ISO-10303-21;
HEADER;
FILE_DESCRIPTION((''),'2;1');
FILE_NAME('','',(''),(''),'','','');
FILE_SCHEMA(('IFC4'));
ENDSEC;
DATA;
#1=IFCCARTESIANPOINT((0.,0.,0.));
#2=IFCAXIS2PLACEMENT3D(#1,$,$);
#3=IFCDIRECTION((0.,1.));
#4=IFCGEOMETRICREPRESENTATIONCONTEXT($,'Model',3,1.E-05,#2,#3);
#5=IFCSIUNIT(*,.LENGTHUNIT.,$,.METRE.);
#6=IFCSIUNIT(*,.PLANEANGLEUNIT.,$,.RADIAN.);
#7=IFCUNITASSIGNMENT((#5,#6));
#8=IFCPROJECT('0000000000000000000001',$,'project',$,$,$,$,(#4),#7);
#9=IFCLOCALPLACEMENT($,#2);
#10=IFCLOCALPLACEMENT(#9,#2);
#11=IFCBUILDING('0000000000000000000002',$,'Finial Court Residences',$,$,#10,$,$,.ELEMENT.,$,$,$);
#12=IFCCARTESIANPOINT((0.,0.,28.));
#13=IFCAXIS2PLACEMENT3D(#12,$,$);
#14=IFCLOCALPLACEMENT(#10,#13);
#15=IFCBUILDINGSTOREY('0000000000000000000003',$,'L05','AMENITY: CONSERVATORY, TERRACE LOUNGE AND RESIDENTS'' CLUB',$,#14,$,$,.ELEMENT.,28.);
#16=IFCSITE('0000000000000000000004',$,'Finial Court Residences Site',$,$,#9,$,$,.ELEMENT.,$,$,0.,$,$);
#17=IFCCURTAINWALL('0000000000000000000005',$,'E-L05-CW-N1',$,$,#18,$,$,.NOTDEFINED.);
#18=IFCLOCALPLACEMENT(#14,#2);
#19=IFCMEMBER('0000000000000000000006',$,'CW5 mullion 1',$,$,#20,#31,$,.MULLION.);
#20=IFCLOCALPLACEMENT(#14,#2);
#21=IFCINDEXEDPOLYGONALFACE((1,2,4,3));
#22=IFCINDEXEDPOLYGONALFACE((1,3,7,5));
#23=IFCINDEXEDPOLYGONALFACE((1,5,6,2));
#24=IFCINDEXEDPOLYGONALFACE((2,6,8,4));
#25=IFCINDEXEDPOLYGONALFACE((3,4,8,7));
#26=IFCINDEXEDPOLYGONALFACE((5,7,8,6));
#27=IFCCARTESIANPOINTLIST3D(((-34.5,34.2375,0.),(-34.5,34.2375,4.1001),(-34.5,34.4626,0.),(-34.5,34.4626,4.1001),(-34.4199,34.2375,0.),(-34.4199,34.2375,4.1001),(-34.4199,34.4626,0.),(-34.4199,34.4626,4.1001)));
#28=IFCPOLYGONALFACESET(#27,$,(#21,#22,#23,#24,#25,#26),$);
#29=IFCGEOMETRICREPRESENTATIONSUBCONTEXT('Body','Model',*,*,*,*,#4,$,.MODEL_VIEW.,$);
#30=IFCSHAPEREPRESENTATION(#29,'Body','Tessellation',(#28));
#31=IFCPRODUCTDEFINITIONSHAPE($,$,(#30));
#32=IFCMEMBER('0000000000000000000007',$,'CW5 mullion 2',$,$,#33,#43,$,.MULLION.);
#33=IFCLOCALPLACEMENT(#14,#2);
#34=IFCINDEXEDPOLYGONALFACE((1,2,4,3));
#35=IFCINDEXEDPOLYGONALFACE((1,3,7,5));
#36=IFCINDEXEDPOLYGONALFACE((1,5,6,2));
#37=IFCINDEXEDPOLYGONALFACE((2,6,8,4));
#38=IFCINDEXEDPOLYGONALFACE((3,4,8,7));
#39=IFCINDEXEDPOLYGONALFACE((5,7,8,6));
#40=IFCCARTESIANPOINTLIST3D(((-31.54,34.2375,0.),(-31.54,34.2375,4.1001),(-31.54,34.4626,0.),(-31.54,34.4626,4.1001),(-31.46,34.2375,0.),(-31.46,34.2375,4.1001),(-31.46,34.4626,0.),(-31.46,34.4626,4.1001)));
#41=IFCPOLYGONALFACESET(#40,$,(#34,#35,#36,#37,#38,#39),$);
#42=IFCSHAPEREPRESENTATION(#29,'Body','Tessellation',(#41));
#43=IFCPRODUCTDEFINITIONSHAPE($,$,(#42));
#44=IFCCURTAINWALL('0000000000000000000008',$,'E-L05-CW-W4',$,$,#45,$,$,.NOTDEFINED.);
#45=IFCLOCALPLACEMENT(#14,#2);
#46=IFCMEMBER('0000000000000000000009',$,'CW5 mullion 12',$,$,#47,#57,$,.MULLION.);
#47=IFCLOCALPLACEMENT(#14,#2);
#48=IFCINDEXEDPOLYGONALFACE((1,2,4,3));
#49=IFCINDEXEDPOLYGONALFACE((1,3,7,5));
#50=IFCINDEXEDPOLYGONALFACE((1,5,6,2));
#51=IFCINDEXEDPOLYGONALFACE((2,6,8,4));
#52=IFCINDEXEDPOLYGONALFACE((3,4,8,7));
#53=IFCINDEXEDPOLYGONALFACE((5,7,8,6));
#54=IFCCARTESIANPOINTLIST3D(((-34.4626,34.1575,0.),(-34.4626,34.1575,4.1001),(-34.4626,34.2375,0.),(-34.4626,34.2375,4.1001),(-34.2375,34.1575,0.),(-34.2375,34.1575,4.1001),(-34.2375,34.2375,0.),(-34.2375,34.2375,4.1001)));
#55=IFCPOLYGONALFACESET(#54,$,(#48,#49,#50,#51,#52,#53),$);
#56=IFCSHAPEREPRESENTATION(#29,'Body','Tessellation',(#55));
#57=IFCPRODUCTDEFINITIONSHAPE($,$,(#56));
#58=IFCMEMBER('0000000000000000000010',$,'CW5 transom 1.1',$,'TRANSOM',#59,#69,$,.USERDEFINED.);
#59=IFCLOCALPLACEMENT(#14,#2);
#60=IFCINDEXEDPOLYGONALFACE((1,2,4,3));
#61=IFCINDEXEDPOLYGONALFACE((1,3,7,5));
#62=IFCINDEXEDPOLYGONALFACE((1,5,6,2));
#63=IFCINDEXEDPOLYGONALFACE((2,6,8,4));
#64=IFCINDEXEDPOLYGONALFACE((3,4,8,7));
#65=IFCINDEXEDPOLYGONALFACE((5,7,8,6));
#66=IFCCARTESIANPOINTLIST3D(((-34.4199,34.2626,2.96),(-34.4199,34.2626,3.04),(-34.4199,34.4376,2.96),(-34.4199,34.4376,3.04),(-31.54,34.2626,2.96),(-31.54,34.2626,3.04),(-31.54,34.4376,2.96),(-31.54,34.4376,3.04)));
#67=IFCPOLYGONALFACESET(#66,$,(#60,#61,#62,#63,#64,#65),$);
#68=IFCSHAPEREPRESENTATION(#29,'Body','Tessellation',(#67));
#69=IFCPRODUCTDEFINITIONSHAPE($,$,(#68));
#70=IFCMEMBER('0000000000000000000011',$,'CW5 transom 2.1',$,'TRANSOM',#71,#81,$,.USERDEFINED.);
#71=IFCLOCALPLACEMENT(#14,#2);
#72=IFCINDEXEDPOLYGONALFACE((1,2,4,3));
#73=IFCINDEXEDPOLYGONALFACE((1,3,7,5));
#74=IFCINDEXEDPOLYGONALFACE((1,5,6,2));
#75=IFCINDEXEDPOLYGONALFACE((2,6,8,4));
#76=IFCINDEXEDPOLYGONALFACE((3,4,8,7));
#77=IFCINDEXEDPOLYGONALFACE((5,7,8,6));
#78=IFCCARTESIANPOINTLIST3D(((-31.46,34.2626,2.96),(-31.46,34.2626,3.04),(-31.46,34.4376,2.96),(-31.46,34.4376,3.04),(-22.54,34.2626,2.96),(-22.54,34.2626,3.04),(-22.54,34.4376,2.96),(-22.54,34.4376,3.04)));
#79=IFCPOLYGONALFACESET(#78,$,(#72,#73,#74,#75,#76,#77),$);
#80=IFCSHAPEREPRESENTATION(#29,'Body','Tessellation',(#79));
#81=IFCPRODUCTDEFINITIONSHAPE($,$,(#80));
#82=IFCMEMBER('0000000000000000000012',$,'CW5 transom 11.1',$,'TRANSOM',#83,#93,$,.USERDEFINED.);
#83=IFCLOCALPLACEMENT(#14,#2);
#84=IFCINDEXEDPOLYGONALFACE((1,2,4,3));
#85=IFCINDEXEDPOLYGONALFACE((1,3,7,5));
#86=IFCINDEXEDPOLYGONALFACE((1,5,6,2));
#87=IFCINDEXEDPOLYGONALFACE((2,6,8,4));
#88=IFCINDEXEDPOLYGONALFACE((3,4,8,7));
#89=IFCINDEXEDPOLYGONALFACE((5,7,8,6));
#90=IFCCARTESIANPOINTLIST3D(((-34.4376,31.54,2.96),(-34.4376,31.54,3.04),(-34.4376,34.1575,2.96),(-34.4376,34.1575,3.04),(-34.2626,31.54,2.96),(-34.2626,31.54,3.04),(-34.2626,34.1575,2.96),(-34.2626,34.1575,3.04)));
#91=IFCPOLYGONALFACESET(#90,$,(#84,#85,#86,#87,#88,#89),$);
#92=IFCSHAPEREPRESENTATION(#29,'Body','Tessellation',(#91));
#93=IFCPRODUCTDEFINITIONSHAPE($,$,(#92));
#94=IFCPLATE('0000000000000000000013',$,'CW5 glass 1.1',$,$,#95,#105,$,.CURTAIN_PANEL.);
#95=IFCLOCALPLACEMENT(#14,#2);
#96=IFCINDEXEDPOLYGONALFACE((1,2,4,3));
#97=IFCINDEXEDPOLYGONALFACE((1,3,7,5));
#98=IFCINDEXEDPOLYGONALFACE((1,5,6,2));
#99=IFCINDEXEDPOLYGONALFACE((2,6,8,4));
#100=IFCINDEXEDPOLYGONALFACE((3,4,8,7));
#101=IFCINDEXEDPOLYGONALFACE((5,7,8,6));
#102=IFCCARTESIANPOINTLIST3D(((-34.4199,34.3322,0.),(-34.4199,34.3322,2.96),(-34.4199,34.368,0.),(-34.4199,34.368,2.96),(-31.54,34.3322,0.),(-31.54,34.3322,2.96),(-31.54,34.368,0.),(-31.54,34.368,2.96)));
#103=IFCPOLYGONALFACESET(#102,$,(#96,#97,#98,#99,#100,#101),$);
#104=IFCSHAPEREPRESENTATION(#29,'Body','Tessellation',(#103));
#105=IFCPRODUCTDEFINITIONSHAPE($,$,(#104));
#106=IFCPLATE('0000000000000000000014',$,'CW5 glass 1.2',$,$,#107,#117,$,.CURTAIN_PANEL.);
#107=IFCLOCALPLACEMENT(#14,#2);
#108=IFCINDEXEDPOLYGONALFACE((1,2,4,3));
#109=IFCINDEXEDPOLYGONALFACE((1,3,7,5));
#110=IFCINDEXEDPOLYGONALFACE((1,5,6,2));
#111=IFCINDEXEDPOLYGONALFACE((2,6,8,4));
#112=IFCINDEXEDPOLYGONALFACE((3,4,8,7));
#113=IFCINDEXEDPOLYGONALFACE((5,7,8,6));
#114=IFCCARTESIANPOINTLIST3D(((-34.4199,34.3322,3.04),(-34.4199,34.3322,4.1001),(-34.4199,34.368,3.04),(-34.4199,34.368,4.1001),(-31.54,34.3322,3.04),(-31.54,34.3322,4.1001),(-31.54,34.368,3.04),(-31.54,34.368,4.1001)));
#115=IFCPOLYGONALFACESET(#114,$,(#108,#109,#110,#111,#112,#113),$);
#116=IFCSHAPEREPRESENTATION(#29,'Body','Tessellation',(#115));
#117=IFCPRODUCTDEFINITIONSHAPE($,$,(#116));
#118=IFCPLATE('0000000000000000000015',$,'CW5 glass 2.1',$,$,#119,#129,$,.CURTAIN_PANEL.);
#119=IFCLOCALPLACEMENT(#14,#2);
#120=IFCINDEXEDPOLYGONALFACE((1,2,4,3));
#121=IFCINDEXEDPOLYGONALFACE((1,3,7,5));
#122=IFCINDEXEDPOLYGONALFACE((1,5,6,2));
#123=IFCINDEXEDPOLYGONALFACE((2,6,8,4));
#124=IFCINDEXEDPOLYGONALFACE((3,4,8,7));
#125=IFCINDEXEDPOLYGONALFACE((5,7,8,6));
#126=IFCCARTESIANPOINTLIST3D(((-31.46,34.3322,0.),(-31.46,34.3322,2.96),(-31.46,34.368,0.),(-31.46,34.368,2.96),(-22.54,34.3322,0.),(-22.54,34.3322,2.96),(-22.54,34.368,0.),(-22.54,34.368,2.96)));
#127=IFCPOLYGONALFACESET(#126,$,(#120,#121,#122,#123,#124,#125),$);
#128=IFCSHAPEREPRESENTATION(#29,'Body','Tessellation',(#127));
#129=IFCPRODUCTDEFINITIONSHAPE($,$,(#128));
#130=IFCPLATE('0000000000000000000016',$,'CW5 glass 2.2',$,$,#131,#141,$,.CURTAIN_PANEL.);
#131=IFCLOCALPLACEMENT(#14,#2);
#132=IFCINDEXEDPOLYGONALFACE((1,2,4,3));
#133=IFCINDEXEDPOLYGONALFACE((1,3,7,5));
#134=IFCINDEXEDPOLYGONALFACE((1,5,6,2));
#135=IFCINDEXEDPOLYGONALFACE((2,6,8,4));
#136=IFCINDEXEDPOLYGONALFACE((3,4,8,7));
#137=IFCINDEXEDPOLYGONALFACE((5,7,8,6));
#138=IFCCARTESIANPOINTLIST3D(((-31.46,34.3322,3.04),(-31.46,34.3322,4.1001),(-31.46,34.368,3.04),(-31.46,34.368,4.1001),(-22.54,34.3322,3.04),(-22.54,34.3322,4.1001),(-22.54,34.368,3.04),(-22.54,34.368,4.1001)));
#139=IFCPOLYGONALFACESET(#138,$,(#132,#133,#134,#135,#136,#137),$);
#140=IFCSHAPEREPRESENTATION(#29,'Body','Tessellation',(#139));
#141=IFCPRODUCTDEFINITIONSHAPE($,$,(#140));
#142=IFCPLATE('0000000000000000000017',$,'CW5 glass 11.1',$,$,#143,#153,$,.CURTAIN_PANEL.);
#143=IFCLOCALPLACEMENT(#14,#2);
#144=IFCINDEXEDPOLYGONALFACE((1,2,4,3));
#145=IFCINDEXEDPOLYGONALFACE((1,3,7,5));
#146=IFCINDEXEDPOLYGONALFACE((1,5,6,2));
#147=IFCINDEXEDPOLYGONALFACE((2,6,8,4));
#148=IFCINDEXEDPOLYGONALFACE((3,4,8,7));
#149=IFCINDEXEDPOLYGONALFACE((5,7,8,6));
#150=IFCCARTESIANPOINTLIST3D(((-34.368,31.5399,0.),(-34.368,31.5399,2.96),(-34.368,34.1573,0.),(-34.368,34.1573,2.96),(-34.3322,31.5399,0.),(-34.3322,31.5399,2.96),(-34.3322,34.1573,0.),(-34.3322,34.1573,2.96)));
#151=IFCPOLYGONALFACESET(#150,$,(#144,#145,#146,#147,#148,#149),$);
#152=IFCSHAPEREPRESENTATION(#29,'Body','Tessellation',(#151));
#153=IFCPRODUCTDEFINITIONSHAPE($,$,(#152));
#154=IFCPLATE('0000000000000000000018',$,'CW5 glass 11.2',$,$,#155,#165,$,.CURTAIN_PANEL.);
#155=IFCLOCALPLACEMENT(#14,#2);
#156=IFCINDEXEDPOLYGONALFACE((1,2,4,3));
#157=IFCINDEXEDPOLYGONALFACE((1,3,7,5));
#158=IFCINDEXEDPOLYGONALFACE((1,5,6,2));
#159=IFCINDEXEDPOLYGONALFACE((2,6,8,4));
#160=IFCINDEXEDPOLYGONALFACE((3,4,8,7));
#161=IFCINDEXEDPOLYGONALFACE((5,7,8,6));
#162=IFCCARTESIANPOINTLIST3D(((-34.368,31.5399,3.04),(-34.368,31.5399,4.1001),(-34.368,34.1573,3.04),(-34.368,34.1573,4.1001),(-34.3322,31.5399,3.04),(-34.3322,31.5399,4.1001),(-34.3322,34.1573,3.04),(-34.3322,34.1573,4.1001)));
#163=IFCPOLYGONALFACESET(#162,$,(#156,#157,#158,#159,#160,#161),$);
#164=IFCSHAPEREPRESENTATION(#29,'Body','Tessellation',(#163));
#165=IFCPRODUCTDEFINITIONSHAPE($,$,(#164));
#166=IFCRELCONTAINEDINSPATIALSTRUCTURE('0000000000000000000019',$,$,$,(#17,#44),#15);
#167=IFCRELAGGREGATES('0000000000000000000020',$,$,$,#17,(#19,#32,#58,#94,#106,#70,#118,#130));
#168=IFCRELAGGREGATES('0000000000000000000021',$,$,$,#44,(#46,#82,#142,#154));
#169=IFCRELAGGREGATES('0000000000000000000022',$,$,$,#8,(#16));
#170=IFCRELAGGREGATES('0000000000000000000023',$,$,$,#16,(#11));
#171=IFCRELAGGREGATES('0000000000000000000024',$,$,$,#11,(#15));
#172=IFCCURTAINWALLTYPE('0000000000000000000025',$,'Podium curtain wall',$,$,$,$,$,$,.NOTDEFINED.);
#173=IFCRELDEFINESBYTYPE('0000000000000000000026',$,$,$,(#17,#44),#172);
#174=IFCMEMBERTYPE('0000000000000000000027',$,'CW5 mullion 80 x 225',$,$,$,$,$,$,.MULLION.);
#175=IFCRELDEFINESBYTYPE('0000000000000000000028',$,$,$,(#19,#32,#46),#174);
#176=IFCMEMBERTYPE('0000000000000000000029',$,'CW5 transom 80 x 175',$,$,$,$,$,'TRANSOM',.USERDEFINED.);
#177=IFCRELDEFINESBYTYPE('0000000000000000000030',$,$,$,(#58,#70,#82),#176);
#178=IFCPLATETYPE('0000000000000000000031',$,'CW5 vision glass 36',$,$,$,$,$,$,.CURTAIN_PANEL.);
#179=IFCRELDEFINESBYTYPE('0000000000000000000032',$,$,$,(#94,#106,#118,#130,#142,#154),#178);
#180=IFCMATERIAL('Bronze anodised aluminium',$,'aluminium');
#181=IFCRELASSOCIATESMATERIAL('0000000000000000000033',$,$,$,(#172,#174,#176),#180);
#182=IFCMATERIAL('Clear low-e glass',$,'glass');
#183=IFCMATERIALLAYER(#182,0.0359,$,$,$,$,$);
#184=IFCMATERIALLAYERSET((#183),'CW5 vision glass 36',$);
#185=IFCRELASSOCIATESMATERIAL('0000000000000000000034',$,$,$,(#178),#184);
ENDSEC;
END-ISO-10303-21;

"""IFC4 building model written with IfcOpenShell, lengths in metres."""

from ifc_helpers import new_model, si_unit, direction, frame, origin, origin_2d, place, context, subcontext, project, spatial, rectangle, extrude, material, layer, layer_set, material_profile, profile_set, type_object, element, aggregate, save


model = new_model("IFC4")

# Units and contexts
model_context = context("Model", 3, precision=1e-05, world=origin(), true_north=direction((0.0, 1.0)))
body_context = subcontext(model_context, "Body", "Model", "MODEL_VIEW")
ifc_project = project(units=[si_unit("LENGTHUNIT", "METRE"), si_unit("PLANEANGLEUNIT", "RADIAN")], contexts=[model_context])

# Site, building, storey
site_placement = place(None, origin())
site = spatial("IfcSite", under=ifc_project, at=site_placement, Name="Finial Court Residences Site", CompositionType="ELEMENT", RefElevation=0.0)
building_placement = place(site_placement, origin())
building = spatial("IfcBuilding", under=site, at=building_placement, Name="Finial Court Residences", CompositionType="ELEMENT")
storey_placement = place(building_placement, frame((0.0, 0.0, 28.0)))
storey = spatial("IfcBuildingStorey", under=building, at=storey_placement, Name="L05", Description="AMENITY: CONSERVATORY, TERRACE LOUNGE AND RESIDENTS' CLUB", CompositionType="ELEMENT", Elevation=28.0)

# Curtain wall, members
ifc_material_1 = material(Name="Bronze anodised aluminium", Category="aluminium")
curtain_wall_type = type_object("IfcCurtainWallType", Name="Podium curtain wall", PredefinedType="NOTDEFINED", material=ifc_material_1)
curtain_wall_1_placement = place(storey_placement, origin())
curtain_wall_1 = element("IfcCurtainWall", 1, at=curtain_wall_1_placement, inside=storey, type_object=curtain_wall_type, Name="E-L05-CW-N1", PredefinedType="NOTDEFINED")
ifc_material_profile_1 = material_profile(ifc_material_1, rectangle(XDim=0.2251, YDim=0.0801, at=origin_2d()), Name="CW5 mullion 80 x 225")
ifc_profile_set_1 = profile_set([ifc_material_profile_1], Name="Bronze anodised aluminium")
member_type_1 = type_object("IfcMemberType", Name="CW5 mullion 80 x 225", PredefinedType="MULLION", material=ifc_profile_set_1)
member_1_placement = place(storey_placement, frame((-34.46, 34.3501, 0.0), z_axis=(0.0, 0.0, 1.0), x_axis=(0.0, 1.0, 0.0)))
member_1 = element("IfcMember", 2, at=member_1_placement, type_object=member_type_1, Name="CW5 mullion 1", PredefinedType="MULLION", context=body_context, shape_type="SweptSolid", body=[
    extrude(rectangle(XDim=0.2251, YDim=0.0801, at=origin_2d()), origin(), (0.0, 0.0, 1.0), 4.1001),
])
member_2_placement = place(storey_placement, frame((-31.5, 34.3501, 0.0), z_axis=(0.0, 0.0, 1.0), x_axis=(0.0, 1.0, 0.0)))
member_2 = element("IfcMember", 3, at=member_2_placement, type_object=member_type_1, Name="CW5 mullion 2", PredefinedType="MULLION", context=body_context, shape_type="SweptSolid", body=[
    extrude(rectangle(XDim=0.2251, YDim=0.0801, at=origin_2d()), origin(), (0.0, 0.0, 1.0), 4.1001),
])

# Curtain wall, member
curtain_wall_2_placement = place(storey_placement, origin())
curtain_wall_2 = element("IfcCurtainWall", 4, at=curtain_wall_2_placement, inside=storey, type_object=curtain_wall_type, Name="E-L05-CW-W4", PredefinedType="NOTDEFINED")
member_3_placement = place(storey_placement, frame((-34.3501, 34.1975, 0.0), z_axis=(0.0, 0.0, 1.0), x_axis=(-1.0, 0.0, 0.0)))
member_3 = element("IfcMember", 5, at=member_3_placement, type_object=member_type_1, Name="CW5 mullion 12", PredefinedType="MULLION", context=body_context, shape_type="SweptSolid", body=[
    extrude(rectangle(XDim=0.2251, YDim=0.0801, at=origin_2d()), origin(), (0.0, 0.0, 1.0), 4.1001),
])

# Members
ifc_material_profile_2 = material_profile(ifc_material_1, rectangle(XDim=0.175, YDim=0.0801, at=origin_2d()), Name="CW5 transom 80 x 175")
ifc_profile_set_2 = profile_set([ifc_material_profile_2], Name="Bronze anodised aluminium")
member_type_2 = type_object("IfcMemberType", Name="CW5 transom 80 x 175", ElementType="TRANSOM", PredefinedType="USERDEFINED", material=ifc_profile_set_2)
member_4_placement = place(storey_placement, frame((-34.4199, 34.3501, 3.0), z_axis=(1.0, 0.0, 0.0), x_axis=(0.0, 1.0, 0.0)))
member_4 = element("IfcMember", 6, at=member_4_placement, type_object=member_type_2, Name="CW5 transom 1.1", ObjectType="TRANSOM", PredefinedType="USERDEFINED", context=body_context, shape_type="SweptSolid", body=[
    extrude(rectangle(XDim=0.175, YDim=0.0801, at=origin_2d()), origin(), (0.0, 0.0, 1.0), 2.8799),
])
member_5_placement = place(storey_placement, frame((-31.46, 34.3501, 3.0), z_axis=(1.0, 0.0, 0.0), x_axis=(0.0, 1.0, 0.0)))
member_5 = element("IfcMember", 7, at=member_5_placement, type_object=member_type_2, Name="CW5 transom 2.1", ObjectType="TRANSOM", PredefinedType="USERDEFINED", context=body_context, shape_type="SweptSolid", body=[
    extrude(rectangle(XDim=0.175, YDim=0.0801, at=origin_2d()), origin(), (0.0, 0.0, 1.0), 8.9199),
])
member_6_placement = place(storey_placement, frame((-34.3501, 31.54, 3.0), z_axis=(0.0, 1.0, 0.0), x_axis=(-1.0, 0.0, 0.0)))
member_6 = element("IfcMember", 8, at=member_6_placement, type_object=member_type_2, Name="CW5 transom 11.1", ObjectType="TRANSOM", PredefinedType="USERDEFINED", context=body_context, shape_type="SweptSolid", body=[
    extrude(rectangle(XDim=0.175, YDim=0.0801, at=origin_2d()), origin(), (0.0, 0.0, 1.0), 2.6174),
])

# Plates
ifc_material_2 = material(Name="Clear low-e glass", Category="glass")
ifc_layer_1 = layer(ifc_material_2, 0.0359)
ifc_layer_set_1 = layer_set([ifc_layer_1], Name="CW5 vision glass 36")
plate_type = type_object("IfcPlateType", Name="CW5 vision glass 36", PredefinedType="CURTAIN_PANEL", material=ifc_layer_set_1)
plate_1_placement = place(storey_placement, frame((-32.98, 34.3501, 0.0), z_axis=(0.0, 0.0, 1.0), x_axis=(1.0, 0.0, 0.0)))
plate_1 = element("IfcPlate", 9, at=plate_1_placement, type_object=plate_type, Name="CW5 glass 1.1", PredefinedType="CURTAIN_PANEL", context=body_context, shape_type="SweptSolid", body=[
    extrude(rectangle(XDim=2.8799, YDim=0.0359, at=origin_2d()), origin(), (0.0, 0.0, 1.0), 2.96),
])
plate_2_placement = place(storey_placement, frame((-32.98, 34.3501, 3.04), z_axis=(0.0, 0.0, 1.0), x_axis=(1.0, 0.0, 0.0)))
plate_2 = element("IfcPlate", 10, at=plate_2_placement, type_object=plate_type, Name="CW5 glass 1.2", PredefinedType="CURTAIN_PANEL", context=body_context, shape_type="SweptSolid", body=[
    extrude(rectangle(XDim=2.8799, YDim=0.0359, at=origin_2d()), origin(), (0.0, 0.0, 1.0), 1.0601),
])
plate_3_placement = place(storey_placement, frame((-27.0, 34.3501, 0.0), z_axis=(0.0, 0.0, 1.0), x_axis=(1.0, 0.0, 0.0)))
plate_3 = element("IfcPlate", 11, at=plate_3_placement, type_object=plate_type, Name="CW5 glass 2.1", PredefinedType="CURTAIN_PANEL", context=body_context, shape_type="SweptSolid", body=[
    extrude(rectangle(XDim=8.9199, YDim=0.0359, at=origin_2d()), origin(), (0.0, 0.0, 1.0), 2.96),
])
plate_4_placement = place(storey_placement, frame((-27.0, 34.3501, 3.04), z_axis=(0.0, 0.0, 1.0), x_axis=(1.0, 0.0, 0.0)))
plate_4 = element("IfcPlate", 12, at=plate_4_placement, type_object=plate_type, Name="CW5 glass 2.2", PredefinedType="CURTAIN_PANEL", context=body_context, shape_type="SweptSolid", body=[
    extrude(rectangle(XDim=8.9199, YDim=0.0359, at=origin_2d()), origin(), (0.0, 0.0, 1.0), 1.0601),
])
aggregate(curtain_wall_1, [member_1, member_2, member_4, plate_1, plate_2, member_5, plate_3, plate_4])
plate_5_placement = place(storey_placement, frame((-34.3501, 32.8486, 0.0), z_axis=(0.0, 0.0, 1.0), x_axis=(0.0, 1.0, 0.0)))
plate_5 = element("IfcPlate", 13, at=plate_5_placement, type_object=plate_type, Name="CW5 glass 11.1", PredefinedType="CURTAIN_PANEL", context=body_context, shape_type="SweptSolid", body=[
    extrude(rectangle(XDim=2.6174, YDim=0.0359, at=origin_2d()), origin(), (0.0, 0.0, 1.0), 2.96),
])
plate_6_placement = place(storey_placement, frame((-34.3501, 32.8486, 3.04), z_axis=(0.0, 0.0, 1.0), x_axis=(0.0, 1.0, 0.0)))
plate_6 = element("IfcPlate", 14, at=plate_6_placement, type_object=plate_type, Name="CW5 glass 11.2", PredefinedType="CURTAIN_PANEL", context=body_context, shape_type="SweptSolid", body=[
    extrude(rectangle(XDim=2.6174, YDim=0.0359, at=origin_2d()), origin(), (0.0, 0.0, 1.0), 1.0601),
])
aggregate(curtain_wall_2, [member_3, member_6, plate_5, plate_6])

save(model, "model.ifc")
